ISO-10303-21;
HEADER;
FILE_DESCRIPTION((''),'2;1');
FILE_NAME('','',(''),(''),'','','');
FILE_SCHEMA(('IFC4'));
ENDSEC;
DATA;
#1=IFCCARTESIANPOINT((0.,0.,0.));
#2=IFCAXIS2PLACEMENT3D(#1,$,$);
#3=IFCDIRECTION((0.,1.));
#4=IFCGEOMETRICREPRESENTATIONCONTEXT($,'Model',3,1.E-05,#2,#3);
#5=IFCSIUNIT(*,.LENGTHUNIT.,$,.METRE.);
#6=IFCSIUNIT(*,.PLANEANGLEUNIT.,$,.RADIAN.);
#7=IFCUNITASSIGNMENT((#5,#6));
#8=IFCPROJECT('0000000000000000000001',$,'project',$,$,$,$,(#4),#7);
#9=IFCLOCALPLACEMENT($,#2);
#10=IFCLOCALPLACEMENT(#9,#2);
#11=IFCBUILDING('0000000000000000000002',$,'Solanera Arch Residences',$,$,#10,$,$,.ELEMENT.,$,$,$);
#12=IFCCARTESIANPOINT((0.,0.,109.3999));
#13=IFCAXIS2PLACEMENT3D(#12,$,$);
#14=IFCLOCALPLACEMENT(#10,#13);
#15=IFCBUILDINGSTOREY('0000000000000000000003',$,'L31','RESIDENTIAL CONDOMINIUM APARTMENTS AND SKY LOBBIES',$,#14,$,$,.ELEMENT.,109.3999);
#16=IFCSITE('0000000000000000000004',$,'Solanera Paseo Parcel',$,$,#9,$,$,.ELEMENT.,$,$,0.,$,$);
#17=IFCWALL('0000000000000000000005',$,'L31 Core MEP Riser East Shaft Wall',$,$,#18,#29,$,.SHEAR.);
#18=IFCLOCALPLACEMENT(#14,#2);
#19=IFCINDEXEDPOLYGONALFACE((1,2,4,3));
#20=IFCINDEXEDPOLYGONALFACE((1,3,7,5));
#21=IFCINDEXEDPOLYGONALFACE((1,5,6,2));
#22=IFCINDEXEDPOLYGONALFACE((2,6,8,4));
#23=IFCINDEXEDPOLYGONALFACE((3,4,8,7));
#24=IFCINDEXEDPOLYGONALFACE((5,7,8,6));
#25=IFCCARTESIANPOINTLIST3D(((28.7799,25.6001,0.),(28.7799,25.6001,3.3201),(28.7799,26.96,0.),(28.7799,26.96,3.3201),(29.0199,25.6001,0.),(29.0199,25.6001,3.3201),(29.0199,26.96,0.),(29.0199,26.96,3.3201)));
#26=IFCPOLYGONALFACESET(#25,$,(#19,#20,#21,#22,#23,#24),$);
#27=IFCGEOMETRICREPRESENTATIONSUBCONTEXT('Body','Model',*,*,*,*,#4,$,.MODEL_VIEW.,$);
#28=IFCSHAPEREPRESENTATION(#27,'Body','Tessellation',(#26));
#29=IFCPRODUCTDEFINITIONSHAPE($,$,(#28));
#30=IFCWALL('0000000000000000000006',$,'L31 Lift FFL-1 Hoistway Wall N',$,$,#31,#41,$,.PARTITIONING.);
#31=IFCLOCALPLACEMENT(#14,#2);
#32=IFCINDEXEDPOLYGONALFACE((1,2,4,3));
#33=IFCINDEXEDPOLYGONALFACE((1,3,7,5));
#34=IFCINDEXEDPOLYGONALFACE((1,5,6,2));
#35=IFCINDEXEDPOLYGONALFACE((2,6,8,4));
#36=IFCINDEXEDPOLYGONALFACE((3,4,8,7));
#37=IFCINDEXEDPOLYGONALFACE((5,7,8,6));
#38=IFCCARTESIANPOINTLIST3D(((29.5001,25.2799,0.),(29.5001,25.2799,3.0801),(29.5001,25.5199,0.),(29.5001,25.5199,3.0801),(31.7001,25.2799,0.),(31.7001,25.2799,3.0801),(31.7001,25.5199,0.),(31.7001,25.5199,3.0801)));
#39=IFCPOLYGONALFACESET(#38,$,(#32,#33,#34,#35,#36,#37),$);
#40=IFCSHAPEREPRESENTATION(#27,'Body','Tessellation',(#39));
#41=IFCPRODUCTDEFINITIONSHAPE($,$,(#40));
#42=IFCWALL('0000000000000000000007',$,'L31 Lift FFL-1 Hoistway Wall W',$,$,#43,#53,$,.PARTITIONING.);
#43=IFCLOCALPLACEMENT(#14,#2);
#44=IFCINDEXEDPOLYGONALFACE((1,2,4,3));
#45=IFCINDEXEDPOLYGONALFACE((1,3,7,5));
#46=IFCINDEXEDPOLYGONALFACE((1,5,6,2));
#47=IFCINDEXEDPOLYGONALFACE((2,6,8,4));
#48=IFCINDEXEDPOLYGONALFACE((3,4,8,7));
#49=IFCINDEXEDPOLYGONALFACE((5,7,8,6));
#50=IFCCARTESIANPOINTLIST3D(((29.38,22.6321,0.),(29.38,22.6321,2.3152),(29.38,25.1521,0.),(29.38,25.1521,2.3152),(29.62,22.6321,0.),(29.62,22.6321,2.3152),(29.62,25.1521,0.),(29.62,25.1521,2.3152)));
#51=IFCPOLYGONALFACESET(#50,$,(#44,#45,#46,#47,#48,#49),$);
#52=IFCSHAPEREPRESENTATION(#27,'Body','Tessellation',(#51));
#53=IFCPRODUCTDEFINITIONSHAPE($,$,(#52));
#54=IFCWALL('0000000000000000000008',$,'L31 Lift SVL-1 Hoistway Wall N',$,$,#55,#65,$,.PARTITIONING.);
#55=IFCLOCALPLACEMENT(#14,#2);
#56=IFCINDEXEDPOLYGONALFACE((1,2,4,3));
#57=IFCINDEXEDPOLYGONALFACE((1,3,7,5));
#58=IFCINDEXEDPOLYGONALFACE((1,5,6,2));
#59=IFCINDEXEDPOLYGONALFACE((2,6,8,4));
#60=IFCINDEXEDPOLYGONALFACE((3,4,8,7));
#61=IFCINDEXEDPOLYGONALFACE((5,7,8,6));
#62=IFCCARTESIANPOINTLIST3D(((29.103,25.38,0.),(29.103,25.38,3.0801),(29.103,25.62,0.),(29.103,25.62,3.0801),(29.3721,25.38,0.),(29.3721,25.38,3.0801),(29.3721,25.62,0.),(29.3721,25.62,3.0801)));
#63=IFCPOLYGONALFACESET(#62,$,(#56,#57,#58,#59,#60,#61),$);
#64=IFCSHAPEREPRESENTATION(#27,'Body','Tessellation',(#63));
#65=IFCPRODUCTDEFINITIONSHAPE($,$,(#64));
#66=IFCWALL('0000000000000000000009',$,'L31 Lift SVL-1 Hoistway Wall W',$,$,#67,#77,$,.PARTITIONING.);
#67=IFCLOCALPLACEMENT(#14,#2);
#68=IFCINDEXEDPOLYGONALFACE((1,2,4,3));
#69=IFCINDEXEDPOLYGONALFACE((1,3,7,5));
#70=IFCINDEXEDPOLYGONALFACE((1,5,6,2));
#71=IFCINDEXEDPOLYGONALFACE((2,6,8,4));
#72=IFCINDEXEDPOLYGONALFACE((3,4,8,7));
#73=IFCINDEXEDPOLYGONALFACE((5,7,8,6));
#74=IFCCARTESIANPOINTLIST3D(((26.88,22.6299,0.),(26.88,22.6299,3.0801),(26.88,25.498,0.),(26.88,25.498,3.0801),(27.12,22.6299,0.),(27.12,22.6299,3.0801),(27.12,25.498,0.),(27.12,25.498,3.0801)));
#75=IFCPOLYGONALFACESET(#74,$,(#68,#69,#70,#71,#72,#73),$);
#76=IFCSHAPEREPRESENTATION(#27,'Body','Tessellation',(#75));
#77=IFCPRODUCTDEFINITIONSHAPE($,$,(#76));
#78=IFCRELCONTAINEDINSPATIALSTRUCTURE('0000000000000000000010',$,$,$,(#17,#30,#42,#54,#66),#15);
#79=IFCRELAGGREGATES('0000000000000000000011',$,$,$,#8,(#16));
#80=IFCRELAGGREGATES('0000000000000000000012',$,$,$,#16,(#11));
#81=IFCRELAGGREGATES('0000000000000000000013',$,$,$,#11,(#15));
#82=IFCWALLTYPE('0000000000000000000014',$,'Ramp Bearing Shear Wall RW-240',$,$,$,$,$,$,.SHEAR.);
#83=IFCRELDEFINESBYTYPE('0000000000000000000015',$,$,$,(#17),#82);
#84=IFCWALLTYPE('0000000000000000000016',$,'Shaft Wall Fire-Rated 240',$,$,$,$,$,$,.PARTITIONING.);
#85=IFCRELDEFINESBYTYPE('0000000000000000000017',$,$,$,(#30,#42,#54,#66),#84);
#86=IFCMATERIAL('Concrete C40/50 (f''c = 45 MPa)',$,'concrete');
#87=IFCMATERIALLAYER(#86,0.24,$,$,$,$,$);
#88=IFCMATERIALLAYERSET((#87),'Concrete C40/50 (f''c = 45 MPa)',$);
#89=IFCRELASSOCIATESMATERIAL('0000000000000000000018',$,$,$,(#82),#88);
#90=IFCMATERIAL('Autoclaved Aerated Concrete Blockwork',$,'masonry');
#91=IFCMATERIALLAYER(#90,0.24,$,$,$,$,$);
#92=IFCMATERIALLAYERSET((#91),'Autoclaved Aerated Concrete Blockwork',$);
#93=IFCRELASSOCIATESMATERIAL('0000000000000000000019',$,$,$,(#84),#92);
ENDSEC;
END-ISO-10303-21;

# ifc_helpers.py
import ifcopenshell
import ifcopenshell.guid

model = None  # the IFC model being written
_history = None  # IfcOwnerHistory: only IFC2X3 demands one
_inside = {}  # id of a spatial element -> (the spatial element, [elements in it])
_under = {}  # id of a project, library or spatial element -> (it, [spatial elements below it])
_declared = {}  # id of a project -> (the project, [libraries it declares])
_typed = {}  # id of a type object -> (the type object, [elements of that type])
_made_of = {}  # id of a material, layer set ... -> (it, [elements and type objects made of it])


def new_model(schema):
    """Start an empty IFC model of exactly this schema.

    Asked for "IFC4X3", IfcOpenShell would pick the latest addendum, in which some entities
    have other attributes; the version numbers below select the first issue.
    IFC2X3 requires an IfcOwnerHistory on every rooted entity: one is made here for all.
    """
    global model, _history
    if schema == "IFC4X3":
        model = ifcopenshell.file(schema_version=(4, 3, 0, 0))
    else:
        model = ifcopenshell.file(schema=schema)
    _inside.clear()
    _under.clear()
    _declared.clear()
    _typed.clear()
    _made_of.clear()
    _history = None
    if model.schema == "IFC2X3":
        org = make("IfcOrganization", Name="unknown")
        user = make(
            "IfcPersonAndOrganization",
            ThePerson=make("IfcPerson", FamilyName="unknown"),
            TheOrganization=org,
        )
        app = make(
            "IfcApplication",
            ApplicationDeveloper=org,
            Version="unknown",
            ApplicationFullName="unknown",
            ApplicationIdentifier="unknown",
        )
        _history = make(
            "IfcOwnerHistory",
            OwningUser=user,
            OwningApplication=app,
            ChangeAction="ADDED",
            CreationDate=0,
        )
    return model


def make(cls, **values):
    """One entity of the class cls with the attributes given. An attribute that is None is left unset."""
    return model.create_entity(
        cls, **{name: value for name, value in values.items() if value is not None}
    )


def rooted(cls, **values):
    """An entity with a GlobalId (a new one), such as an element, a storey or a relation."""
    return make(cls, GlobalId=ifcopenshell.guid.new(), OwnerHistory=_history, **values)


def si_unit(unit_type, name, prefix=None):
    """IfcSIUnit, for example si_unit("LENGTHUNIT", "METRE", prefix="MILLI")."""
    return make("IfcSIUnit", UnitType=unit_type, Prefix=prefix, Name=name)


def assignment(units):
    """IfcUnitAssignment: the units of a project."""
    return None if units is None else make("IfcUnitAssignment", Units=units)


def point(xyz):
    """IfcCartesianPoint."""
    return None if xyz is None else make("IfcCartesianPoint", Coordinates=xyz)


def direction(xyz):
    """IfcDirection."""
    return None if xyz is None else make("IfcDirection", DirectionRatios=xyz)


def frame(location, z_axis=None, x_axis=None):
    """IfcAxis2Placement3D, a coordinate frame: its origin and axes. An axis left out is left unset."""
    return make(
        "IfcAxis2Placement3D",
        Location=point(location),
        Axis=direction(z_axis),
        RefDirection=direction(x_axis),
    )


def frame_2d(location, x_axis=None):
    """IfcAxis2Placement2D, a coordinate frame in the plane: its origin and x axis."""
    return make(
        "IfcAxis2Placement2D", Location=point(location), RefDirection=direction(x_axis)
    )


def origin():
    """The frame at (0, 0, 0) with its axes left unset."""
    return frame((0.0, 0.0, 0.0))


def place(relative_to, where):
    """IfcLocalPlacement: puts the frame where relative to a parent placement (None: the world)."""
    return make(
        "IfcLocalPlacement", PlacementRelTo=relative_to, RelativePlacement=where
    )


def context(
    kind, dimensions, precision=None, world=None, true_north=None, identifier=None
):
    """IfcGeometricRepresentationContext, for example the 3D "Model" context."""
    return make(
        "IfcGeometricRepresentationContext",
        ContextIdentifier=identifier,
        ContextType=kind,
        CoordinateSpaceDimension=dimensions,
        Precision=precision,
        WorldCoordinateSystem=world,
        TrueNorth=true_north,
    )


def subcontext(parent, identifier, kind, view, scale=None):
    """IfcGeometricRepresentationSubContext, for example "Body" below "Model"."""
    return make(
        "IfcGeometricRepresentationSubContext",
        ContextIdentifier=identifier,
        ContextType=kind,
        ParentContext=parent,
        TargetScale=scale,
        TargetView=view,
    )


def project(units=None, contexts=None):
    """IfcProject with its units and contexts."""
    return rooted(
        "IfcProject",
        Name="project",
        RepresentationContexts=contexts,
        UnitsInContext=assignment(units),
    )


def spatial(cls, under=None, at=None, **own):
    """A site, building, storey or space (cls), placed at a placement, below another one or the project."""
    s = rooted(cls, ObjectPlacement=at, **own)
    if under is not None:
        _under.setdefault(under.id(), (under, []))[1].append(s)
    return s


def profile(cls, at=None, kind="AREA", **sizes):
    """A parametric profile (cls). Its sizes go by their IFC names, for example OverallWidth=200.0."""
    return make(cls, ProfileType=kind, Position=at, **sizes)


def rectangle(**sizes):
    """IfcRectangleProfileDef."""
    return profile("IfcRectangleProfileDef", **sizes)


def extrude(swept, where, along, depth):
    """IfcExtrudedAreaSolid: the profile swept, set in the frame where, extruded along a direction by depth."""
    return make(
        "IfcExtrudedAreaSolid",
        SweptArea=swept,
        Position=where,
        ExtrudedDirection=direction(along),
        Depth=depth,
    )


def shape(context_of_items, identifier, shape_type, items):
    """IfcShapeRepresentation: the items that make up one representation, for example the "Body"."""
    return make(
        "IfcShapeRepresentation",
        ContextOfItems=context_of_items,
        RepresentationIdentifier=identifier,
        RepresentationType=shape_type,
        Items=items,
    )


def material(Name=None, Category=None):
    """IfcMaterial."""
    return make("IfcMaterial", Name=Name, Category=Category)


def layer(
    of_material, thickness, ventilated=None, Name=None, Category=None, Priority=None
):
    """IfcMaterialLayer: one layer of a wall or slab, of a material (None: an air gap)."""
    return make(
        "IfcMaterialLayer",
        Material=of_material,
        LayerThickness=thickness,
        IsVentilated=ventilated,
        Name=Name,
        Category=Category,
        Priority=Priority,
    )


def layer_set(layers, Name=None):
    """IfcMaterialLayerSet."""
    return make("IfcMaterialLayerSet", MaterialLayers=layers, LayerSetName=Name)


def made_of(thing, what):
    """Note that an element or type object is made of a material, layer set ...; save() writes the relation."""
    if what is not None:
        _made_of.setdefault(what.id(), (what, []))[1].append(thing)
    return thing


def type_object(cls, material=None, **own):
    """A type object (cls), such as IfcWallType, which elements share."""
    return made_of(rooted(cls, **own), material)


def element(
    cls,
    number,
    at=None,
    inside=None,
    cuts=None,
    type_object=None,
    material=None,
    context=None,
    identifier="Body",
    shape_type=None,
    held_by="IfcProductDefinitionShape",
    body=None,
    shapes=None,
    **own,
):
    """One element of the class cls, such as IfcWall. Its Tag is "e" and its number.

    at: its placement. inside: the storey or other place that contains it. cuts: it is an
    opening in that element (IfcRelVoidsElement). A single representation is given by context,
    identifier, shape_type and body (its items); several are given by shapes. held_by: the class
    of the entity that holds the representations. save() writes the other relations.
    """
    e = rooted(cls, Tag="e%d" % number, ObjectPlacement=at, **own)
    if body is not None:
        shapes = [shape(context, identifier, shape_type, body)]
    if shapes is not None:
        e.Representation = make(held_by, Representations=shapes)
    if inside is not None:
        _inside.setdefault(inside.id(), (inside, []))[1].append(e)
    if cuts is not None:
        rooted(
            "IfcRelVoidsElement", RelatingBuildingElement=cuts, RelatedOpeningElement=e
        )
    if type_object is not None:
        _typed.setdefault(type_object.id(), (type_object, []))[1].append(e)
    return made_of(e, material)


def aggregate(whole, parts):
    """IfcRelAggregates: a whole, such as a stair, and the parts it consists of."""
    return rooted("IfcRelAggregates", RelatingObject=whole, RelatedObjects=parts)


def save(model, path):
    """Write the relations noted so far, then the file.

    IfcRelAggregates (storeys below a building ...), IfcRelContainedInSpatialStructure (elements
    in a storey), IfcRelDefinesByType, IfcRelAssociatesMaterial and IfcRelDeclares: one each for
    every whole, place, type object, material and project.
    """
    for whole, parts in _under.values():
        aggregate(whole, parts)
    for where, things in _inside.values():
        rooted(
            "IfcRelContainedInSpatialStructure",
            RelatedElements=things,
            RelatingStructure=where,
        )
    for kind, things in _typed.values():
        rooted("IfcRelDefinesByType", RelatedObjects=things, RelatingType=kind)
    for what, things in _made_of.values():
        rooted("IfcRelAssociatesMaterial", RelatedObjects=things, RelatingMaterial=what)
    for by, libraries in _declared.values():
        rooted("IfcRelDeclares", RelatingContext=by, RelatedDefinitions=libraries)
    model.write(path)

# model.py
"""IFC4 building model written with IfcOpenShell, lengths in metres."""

from ifc_helpers import new_model, si_unit, direction, frame, frame_2d, origin, place, context, subcontext, project, spatial, rectangle, extrude, material, layer, layer_set, type_object, element, save


model = new_model("IFC4")

# Units and contexts
model_context = context("Model", 3, precision=1e-05, world=origin(), true_north=direction((0.0, 1.0)))
body_context = subcontext(model_context, "Body", "Model", "MODEL_VIEW")
ifc_project = project(units=[si_unit("LENGTHUNIT", "METRE"), si_unit("PLANEANGLEUNIT", "RADIAN")], contexts=[model_context])

# Site, building, storey
site_placement = place(None, origin())
site = spatial("IfcSite", under=ifc_project, at=site_placement, Name="Solanera Paseo Parcel", CompositionType="ELEMENT", RefElevation=0.0)
building_placement = place(site_placement, origin())
building = spatial("IfcBuilding", under=site, at=building_placement, Name="Solanera Arch Residences", CompositionType="ELEMENT")
storey_placement = place(building_placement, frame((0.0, 0.0, 109.3999)))
storey = spatial("IfcBuildingStorey", under=building, at=storey_placement, Name="L31", Description="RESIDENTIAL CONDOMINIUM APARTMENTS AND SKY LOBBIES", CompositionType="ELEMENT", Elevation=109.3999)

# Walls
ifc_material_1 = material(Name="Concrete C40/50 (f'c = 45 MPa)", Category="concrete")
ifc_layer_1 = layer(ifc_material_1, 0.24)
ifc_layer_set_1 = layer_set([ifc_layer_1], Name="Concrete C40/50 (f'c = 45 MPa)")
wall_type_1 = type_object("IfcWallType", Name="Ramp Bearing Shear Wall RW-240", PredefinedType="SHEAR", material=ifc_layer_set_1)
for number, where, z_axis, x_axis, name in (
    (1, (28.8999, 25.6001, 0.0), (0.0, 0.0, 1.0), (0.0, 1.0, 0.0), "L31 Core MEP Riser East Shaft Wall"),
):
    element("IfcWall", number, at=place(storey_placement, frame(where, z_axis=z_axis, x_axis=x_axis)), inside=storey, type_object=wall_type_1, Name=name, PredefinedType="SHEAR", context=body_context, shape_type="SweptSolid", body=[
        extrude(rectangle(XDim=1.3599, YDim=0.24, at=frame_2d((0.6799, 0.0))), origin(), (0.0, 0.0, 1.0), 3.3201),
    ])
ifc_material_2 = material(Name="Autoclaved Aerated Concrete Blockwork", Category="masonry")
ifc_layer_2 = layer(ifc_material_2, 0.24)
ifc_layer_set_2 = layer_set([ifc_layer_2], Name="Autoclaved Aerated Concrete Blockwork")
wall_type_2 = type_object("IfcWallType", Name="Shaft Wall Fire-Rated 240", PredefinedType="PARTITIONING", material=ifc_layer_set_2)
wall_1_placement = place(storey_placement, frame((29.5, 25.3999, 0.0), z_axis=(0.0, 0.0, 1.0), x_axis=(1.0, 0.0, 0.0)))
element("IfcWall", 2, at=wall_1_placement, inside=storey, type_object=wall_type_2, Name="L31 Lift FFL-1 Hoistway Wall N", PredefinedType="PARTITIONING", context=body_context, shape_type="SweptSolid", body=[
    extrude(rectangle(XDim=2.2, YDim=0.24, at=frame_2d((1.1001, 0.0))), origin(), (0.0, 0.0, 1.0), 3.0801),
])
wall_2_placement = place(storey_placement, frame((29.5, 22.6321, 0.0), z_axis=(0.0, 0.0, 1.0), x_axis=(0.0, 1.0, 0.0)))
element("IfcWall", 3, at=wall_2_placement, inside=storey, type_object=wall_type_2, Name="L31 Lift FFL-1 Hoistway Wall W", PredefinedType="PARTITIONING", context=body_context, shape_type="SweptSolid", body=[
    extrude(rectangle(XDim=2.52, YDim=0.24, at=frame_2d((1.26, 0.0))), origin(), (0.0, 0.0, 1.0), 2.3152),
])
wall_3_placement = place(storey_placement, frame((29.103, 25.5, 0.0), z_axis=(0.0, 0.0, 1.0), x_axis=(1.0, 0.0, 0.0)))
element("IfcWall", 4, at=wall_3_placement, inside=storey, type_object=wall_type_2, Name="L31 Lift SVL-1 Hoistway Wall N", PredefinedType="PARTITIONING", context=body_context, shape_type="SweptSolid", body=[
    extrude(rectangle(XDim=0.269, YDim=0.24, at=frame_2d((0.1345, 0.0))), origin(), (0.0, 0.0, 1.0), 3.0801),
])
wall_4_placement = place(storey_placement, frame((27.0, 22.6299, 0.0), z_axis=(0.0, 0.0, 1.0), x_axis=(0.0, 1.0, 0.0)))
element("IfcWall", 5, at=wall_4_placement, inside=storey, type_object=wall_type_2, Name="L31 Lift SVL-1 Hoistway Wall W", PredefinedType="PARTITIONING", context=body_context, shape_type="SweptSolid", body=[
    extrude(rectangle(XDim=2.8682, YDim=0.24, at=frame_2d((1.4341, 0.0))), origin(), (0.0, 0.0, 1.0), 3.0801),
])

save(model, "model.ifc")
